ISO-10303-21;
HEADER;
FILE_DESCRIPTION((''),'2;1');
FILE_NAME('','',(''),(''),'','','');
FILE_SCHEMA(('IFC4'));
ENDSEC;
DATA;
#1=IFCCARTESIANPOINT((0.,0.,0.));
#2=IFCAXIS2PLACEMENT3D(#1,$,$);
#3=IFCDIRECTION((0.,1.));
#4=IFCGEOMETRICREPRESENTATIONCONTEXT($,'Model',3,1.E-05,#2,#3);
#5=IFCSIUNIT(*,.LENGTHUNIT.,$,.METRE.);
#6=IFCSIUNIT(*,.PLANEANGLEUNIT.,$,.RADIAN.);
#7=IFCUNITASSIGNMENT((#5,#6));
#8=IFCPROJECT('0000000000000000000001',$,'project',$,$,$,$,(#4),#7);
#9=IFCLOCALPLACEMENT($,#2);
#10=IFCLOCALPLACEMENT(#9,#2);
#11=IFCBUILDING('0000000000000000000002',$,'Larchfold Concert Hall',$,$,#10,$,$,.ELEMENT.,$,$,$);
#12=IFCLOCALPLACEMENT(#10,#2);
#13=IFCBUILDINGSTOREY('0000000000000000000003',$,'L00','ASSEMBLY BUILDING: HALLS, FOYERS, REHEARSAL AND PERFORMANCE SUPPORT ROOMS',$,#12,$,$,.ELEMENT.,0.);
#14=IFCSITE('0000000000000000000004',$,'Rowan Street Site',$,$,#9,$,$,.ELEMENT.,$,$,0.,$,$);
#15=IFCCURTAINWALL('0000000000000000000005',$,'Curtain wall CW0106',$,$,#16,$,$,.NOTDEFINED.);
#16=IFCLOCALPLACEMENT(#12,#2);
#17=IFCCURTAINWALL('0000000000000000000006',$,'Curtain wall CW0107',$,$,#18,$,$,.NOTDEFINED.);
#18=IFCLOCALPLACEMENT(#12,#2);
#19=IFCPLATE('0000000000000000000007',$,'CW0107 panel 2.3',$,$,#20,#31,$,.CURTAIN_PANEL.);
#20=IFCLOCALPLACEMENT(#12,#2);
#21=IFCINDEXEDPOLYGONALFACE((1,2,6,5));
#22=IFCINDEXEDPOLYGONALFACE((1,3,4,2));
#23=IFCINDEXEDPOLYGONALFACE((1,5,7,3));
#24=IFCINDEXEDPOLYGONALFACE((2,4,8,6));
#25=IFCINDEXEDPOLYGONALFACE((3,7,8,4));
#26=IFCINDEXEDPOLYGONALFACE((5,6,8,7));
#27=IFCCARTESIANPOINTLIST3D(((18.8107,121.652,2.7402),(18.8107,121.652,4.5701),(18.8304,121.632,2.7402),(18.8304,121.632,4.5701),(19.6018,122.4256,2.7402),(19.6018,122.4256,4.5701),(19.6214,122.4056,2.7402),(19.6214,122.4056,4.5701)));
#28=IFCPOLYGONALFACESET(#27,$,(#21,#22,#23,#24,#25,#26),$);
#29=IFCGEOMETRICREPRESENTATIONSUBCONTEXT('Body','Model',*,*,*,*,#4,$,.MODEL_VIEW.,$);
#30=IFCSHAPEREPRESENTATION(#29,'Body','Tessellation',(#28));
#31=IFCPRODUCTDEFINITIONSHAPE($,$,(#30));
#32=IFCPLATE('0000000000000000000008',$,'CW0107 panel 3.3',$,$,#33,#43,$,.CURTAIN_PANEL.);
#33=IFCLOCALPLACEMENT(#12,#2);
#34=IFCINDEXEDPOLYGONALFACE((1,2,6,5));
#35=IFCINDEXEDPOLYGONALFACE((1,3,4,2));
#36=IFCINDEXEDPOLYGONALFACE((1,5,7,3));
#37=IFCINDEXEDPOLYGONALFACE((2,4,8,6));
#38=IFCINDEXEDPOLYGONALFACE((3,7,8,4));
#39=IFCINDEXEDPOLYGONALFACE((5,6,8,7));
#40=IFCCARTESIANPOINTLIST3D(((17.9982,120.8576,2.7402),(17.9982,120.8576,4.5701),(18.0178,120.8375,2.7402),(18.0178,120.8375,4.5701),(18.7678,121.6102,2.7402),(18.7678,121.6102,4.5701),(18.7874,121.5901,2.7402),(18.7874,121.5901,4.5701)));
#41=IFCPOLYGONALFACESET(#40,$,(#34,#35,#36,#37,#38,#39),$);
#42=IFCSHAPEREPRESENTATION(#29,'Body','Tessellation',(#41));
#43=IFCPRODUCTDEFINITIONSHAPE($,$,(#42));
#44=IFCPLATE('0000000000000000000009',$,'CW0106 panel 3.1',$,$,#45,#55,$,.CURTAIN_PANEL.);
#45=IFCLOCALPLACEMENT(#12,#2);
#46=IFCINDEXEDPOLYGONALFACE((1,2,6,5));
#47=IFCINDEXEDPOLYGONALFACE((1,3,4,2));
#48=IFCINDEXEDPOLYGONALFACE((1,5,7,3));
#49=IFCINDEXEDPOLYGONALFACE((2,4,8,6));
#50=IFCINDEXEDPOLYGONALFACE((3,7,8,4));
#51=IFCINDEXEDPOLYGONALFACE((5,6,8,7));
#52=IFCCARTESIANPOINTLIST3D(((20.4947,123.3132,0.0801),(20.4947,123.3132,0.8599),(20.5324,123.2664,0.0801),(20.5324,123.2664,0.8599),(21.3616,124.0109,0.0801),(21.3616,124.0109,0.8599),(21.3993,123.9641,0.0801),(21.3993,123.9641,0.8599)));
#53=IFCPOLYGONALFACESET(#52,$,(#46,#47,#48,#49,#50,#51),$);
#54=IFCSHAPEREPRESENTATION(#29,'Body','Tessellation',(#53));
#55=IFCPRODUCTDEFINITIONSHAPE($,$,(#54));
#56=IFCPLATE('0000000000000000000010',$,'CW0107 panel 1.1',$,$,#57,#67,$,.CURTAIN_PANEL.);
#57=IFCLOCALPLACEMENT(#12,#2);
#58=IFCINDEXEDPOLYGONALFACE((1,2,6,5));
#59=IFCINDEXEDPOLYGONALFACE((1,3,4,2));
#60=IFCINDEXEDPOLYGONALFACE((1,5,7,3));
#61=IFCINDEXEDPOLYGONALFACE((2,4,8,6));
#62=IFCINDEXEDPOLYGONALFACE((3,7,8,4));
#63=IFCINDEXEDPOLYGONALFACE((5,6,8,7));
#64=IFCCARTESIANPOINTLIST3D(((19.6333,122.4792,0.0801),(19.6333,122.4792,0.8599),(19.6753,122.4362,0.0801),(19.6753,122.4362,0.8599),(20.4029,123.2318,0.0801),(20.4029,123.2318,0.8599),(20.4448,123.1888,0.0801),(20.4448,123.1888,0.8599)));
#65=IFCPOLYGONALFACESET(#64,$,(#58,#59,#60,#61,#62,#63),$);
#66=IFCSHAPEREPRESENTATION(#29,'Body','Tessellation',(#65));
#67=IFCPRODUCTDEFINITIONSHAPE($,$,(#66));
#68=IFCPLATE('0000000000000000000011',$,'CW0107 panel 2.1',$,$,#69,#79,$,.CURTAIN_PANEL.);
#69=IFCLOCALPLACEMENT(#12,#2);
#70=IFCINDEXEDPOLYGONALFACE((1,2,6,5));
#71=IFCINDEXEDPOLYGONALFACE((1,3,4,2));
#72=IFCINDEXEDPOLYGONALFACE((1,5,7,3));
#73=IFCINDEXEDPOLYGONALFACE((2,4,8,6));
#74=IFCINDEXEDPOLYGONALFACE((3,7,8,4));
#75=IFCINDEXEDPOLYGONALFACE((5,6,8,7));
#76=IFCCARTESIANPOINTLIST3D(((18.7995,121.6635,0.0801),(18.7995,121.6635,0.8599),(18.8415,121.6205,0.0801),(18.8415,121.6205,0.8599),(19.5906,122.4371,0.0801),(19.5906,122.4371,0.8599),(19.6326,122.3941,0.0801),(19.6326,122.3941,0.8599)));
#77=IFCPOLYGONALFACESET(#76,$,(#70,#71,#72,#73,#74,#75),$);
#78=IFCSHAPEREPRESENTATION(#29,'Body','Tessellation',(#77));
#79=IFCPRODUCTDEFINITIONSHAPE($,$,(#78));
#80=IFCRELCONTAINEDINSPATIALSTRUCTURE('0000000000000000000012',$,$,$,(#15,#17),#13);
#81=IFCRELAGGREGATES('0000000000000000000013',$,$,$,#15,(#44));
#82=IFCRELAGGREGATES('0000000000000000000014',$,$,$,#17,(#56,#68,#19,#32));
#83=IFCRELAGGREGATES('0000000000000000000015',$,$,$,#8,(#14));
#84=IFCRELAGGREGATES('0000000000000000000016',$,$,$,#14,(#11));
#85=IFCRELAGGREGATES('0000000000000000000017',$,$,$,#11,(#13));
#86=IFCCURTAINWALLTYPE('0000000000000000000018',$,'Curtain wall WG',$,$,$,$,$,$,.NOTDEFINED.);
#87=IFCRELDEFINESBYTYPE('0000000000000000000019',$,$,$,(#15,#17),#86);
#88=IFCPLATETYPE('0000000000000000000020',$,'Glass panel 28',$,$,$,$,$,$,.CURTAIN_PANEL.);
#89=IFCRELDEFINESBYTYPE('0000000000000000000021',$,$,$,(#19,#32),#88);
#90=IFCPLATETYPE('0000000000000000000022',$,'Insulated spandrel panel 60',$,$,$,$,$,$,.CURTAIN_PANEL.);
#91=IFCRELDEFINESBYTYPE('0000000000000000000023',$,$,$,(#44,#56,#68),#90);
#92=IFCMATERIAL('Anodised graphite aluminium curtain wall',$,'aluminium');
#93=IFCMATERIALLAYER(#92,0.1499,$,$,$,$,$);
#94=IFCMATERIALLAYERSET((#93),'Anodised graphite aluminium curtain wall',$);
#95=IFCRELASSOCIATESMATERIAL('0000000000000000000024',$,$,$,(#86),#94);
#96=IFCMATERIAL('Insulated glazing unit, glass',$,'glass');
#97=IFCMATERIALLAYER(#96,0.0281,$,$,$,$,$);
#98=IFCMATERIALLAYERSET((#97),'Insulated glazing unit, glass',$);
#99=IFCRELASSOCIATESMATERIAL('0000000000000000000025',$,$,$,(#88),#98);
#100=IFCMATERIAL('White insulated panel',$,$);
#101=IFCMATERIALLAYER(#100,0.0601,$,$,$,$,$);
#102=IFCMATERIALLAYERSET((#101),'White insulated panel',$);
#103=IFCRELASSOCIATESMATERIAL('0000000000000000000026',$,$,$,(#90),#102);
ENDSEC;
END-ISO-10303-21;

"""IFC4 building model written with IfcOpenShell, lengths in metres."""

from ifc_helpers import new_model, si_unit, direction, frame, origin, origin_2d, place, context, subcontext, project, spatial, rectangle, extrude, material, layer, layer_set, type_object, element, aggregate, save


model = new_model("IFC4")

# Units and contexts
model_context = context("Model", 3, precision=1e-05, world=origin(), true_north=direction((0.0, 1.0)))
body_context = subcontext(model_context, "Body", "Model", "MODEL_VIEW")
ifc_project = project(units=[si_unit("LENGTHUNIT", "METRE"), si_unit("PLANEANGLEUNIT", "RADIAN")], contexts=[model_context])

# Site, building, storey
site_placement = place(None, origin())
site = spatial("IfcSite", under=ifc_project, at=site_placement, Name="Rowan Street Site", CompositionType="ELEMENT", RefElevation=0.0)
building_placement = place(site_placement, origin())
building = spatial("IfcBuilding", under=site, at=building_placement, Name="Larchfold Concert Hall", CompositionType="ELEMENT")
storey_placement = place(building_placement, origin())
storey = spatial("IfcBuildingStorey", under=building, at=storey_placement, Name="L00", Description="ASSEMBLY BUILDING: HALLS, FOYERS, REHEARSAL AND PERFORMANCE SUPPORT ROOMS", CompositionType="ELEMENT", Elevation=0.0)

# Curtain wall
ifc_material_1 = material(Name="Anodised graphite aluminium curtain wall", Category="aluminium")
ifc_layer_1 = layer(ifc_material_1, 0.1499)
ifc_layer_set_1 = layer_set([ifc_layer_1], Name="Anodised graphite aluminium curtain wall")
curtain_wall_type = type_object("IfcCurtainWallType", Name="Curtain wall WG", PredefinedType="NOTDEFINED", material=ifc_layer_set_1)
curtain_wall_1_placement = place(storey_placement, origin())
curtain_wall_1 = element("IfcCurtainWall", 1, at=curtain_wall_1_placement, inside=storey, type_object=curtain_wall_type, Name="Curtain wall CW0106", PredefinedType="NOTDEFINED")

# Curtain wall
curtain_wall_2_placement = place(storey_placement, origin())
curtain_wall_2 = element("IfcCurtainWall", 2, at=curtain_wall_2_placement, inside=storey, type_object=curtain_wall_type, Name="Curtain wall CW0107", PredefinedType="NOTDEFINED")

# Plates
ifc_material_2 = material(Name="Insulated glazing unit, glass", Category="glass")
ifc_layer_2 = layer(ifc_material_2, 0.0281)
ifc_layer_set_2 = layer_set([ifc_layer_2], Name="Insulated glazing unit, glass")
plate_type_1 = type_object("IfcPlateType", Name="Glass panel 28", PredefinedType="CURTAIN_PANEL", material=ifc_layer_set_2)
plate_1_placement = place(storey_placement, frame((19.2161, 122.0288, 2.7402), z_axis=(0.0, 0.0, 1.0), x_axis=(-0.714947, -0.699179, 0.0)))
plate_1 = element("IfcPlate", 3, at=plate_1_placement, type_object=plate_type_1, Name="CW0107 panel 2.3", PredefinedType="CURTAIN_PANEL", context=body_context, shape_type="SweptSolid", body=[
    extrude(rectangle(XDim=1.1064, YDim=0.0281, at=origin_2d()), origin(), (0.0, 0.0, 1.0), 1.8298),
])
plate_2_placement = place(storey_placement, frame((18.3928, 121.2239, 2.7402), z_axis=(0.0, 0.0, 1.0), x_axis=(-0.714947, -0.699179, 0.0)))
plate_2 = element("IfcPlate", 4, at=plate_2_placement, type_object=plate_type_1, Name="CW0107 panel 3.3", PredefinedType="CURTAIN_PANEL", context=body_context, shape_type="SweptSolid", body=[
    extrude(rectangle(XDim=1.0764, YDim=0.0281, at=origin_2d()), origin(), (0.0, 0.0, 1.0), 1.8298),
])
ifc_material_3 = material(Name="White insulated panel")
ifc_layer_3 = layer(ifc_material_3, 0.0601)
ifc_layer_set_3 = layer_set([ifc_layer_3], Name="White insulated panel")
plate_type_2 = type_object("IfcPlateType", Name="Insulated spandrel panel 60", PredefinedType="CURTAIN_PANEL", material=ifc_layer_set_3)
plate_3_placement = place(storey_placement, frame((20.947, 123.6387, 0.0801), z_axis=(0.0, 0.0, 1.0), x_axis=(-0.77903, -0.626986, 0.0)))
plate_3 = element("IfcPlate", 5, at=plate_3_placement, type_object=plate_type_2, Name="CW0106 panel 3.1", PredefinedType="CURTAIN_PANEL", context=body_context, shape_type="SweptSolid", body=[
    extrude(rectangle(XDim=1.1128, YDim=0.0601, at=origin_2d()), origin(), (0.0, 0.0, 1.0), 0.7798),
])
aggregate(curtain_wall_1, [plate_3])
plate_4_placement = place(storey_placement, frame((20.0391, 122.834, 0.0801), z_axis=(0.0, 0.0, 1.0), x_axis=(-0.714947, -0.699179, 0.0)))
plate_4 = element("IfcPlate", 6, at=plate_4_placement, type_object=plate_type_2, Name="CW0107 panel 1.1", PredefinedType="CURTAIN_PANEL", context=body_context, shape_type="SweptSolid", body=[
    extrude(rectangle(XDim=1.0764, YDim=0.0601, at=origin_2d()), origin(), (0.0, 0.0, 1.0), 0.7798),
])
plate_5_placement = place(storey_placement, frame((19.2161, 122.0288, 0.0801), z_axis=(0.0, 0.0, 1.0), x_axis=(-0.714947, -0.699179, 0.0)))
plate_5 = element("IfcPlate", 7, at=plate_5_placement, type_object=plate_type_2, Name="CW0107 panel 2.1", PredefinedType="CURTAIN_PANEL", context=body_context, shape_type="SweptSolid", body=[
    extrude(rectangle(XDim=1.1064, YDim=0.0601, at=origin_2d()), origin(), (0.0, 0.0, 1.0), 0.7798),
])
aggregate(curtain_wall_2, [plate_4, plate_5, plate_1, plate_2])

save(model, "model.ifc")
